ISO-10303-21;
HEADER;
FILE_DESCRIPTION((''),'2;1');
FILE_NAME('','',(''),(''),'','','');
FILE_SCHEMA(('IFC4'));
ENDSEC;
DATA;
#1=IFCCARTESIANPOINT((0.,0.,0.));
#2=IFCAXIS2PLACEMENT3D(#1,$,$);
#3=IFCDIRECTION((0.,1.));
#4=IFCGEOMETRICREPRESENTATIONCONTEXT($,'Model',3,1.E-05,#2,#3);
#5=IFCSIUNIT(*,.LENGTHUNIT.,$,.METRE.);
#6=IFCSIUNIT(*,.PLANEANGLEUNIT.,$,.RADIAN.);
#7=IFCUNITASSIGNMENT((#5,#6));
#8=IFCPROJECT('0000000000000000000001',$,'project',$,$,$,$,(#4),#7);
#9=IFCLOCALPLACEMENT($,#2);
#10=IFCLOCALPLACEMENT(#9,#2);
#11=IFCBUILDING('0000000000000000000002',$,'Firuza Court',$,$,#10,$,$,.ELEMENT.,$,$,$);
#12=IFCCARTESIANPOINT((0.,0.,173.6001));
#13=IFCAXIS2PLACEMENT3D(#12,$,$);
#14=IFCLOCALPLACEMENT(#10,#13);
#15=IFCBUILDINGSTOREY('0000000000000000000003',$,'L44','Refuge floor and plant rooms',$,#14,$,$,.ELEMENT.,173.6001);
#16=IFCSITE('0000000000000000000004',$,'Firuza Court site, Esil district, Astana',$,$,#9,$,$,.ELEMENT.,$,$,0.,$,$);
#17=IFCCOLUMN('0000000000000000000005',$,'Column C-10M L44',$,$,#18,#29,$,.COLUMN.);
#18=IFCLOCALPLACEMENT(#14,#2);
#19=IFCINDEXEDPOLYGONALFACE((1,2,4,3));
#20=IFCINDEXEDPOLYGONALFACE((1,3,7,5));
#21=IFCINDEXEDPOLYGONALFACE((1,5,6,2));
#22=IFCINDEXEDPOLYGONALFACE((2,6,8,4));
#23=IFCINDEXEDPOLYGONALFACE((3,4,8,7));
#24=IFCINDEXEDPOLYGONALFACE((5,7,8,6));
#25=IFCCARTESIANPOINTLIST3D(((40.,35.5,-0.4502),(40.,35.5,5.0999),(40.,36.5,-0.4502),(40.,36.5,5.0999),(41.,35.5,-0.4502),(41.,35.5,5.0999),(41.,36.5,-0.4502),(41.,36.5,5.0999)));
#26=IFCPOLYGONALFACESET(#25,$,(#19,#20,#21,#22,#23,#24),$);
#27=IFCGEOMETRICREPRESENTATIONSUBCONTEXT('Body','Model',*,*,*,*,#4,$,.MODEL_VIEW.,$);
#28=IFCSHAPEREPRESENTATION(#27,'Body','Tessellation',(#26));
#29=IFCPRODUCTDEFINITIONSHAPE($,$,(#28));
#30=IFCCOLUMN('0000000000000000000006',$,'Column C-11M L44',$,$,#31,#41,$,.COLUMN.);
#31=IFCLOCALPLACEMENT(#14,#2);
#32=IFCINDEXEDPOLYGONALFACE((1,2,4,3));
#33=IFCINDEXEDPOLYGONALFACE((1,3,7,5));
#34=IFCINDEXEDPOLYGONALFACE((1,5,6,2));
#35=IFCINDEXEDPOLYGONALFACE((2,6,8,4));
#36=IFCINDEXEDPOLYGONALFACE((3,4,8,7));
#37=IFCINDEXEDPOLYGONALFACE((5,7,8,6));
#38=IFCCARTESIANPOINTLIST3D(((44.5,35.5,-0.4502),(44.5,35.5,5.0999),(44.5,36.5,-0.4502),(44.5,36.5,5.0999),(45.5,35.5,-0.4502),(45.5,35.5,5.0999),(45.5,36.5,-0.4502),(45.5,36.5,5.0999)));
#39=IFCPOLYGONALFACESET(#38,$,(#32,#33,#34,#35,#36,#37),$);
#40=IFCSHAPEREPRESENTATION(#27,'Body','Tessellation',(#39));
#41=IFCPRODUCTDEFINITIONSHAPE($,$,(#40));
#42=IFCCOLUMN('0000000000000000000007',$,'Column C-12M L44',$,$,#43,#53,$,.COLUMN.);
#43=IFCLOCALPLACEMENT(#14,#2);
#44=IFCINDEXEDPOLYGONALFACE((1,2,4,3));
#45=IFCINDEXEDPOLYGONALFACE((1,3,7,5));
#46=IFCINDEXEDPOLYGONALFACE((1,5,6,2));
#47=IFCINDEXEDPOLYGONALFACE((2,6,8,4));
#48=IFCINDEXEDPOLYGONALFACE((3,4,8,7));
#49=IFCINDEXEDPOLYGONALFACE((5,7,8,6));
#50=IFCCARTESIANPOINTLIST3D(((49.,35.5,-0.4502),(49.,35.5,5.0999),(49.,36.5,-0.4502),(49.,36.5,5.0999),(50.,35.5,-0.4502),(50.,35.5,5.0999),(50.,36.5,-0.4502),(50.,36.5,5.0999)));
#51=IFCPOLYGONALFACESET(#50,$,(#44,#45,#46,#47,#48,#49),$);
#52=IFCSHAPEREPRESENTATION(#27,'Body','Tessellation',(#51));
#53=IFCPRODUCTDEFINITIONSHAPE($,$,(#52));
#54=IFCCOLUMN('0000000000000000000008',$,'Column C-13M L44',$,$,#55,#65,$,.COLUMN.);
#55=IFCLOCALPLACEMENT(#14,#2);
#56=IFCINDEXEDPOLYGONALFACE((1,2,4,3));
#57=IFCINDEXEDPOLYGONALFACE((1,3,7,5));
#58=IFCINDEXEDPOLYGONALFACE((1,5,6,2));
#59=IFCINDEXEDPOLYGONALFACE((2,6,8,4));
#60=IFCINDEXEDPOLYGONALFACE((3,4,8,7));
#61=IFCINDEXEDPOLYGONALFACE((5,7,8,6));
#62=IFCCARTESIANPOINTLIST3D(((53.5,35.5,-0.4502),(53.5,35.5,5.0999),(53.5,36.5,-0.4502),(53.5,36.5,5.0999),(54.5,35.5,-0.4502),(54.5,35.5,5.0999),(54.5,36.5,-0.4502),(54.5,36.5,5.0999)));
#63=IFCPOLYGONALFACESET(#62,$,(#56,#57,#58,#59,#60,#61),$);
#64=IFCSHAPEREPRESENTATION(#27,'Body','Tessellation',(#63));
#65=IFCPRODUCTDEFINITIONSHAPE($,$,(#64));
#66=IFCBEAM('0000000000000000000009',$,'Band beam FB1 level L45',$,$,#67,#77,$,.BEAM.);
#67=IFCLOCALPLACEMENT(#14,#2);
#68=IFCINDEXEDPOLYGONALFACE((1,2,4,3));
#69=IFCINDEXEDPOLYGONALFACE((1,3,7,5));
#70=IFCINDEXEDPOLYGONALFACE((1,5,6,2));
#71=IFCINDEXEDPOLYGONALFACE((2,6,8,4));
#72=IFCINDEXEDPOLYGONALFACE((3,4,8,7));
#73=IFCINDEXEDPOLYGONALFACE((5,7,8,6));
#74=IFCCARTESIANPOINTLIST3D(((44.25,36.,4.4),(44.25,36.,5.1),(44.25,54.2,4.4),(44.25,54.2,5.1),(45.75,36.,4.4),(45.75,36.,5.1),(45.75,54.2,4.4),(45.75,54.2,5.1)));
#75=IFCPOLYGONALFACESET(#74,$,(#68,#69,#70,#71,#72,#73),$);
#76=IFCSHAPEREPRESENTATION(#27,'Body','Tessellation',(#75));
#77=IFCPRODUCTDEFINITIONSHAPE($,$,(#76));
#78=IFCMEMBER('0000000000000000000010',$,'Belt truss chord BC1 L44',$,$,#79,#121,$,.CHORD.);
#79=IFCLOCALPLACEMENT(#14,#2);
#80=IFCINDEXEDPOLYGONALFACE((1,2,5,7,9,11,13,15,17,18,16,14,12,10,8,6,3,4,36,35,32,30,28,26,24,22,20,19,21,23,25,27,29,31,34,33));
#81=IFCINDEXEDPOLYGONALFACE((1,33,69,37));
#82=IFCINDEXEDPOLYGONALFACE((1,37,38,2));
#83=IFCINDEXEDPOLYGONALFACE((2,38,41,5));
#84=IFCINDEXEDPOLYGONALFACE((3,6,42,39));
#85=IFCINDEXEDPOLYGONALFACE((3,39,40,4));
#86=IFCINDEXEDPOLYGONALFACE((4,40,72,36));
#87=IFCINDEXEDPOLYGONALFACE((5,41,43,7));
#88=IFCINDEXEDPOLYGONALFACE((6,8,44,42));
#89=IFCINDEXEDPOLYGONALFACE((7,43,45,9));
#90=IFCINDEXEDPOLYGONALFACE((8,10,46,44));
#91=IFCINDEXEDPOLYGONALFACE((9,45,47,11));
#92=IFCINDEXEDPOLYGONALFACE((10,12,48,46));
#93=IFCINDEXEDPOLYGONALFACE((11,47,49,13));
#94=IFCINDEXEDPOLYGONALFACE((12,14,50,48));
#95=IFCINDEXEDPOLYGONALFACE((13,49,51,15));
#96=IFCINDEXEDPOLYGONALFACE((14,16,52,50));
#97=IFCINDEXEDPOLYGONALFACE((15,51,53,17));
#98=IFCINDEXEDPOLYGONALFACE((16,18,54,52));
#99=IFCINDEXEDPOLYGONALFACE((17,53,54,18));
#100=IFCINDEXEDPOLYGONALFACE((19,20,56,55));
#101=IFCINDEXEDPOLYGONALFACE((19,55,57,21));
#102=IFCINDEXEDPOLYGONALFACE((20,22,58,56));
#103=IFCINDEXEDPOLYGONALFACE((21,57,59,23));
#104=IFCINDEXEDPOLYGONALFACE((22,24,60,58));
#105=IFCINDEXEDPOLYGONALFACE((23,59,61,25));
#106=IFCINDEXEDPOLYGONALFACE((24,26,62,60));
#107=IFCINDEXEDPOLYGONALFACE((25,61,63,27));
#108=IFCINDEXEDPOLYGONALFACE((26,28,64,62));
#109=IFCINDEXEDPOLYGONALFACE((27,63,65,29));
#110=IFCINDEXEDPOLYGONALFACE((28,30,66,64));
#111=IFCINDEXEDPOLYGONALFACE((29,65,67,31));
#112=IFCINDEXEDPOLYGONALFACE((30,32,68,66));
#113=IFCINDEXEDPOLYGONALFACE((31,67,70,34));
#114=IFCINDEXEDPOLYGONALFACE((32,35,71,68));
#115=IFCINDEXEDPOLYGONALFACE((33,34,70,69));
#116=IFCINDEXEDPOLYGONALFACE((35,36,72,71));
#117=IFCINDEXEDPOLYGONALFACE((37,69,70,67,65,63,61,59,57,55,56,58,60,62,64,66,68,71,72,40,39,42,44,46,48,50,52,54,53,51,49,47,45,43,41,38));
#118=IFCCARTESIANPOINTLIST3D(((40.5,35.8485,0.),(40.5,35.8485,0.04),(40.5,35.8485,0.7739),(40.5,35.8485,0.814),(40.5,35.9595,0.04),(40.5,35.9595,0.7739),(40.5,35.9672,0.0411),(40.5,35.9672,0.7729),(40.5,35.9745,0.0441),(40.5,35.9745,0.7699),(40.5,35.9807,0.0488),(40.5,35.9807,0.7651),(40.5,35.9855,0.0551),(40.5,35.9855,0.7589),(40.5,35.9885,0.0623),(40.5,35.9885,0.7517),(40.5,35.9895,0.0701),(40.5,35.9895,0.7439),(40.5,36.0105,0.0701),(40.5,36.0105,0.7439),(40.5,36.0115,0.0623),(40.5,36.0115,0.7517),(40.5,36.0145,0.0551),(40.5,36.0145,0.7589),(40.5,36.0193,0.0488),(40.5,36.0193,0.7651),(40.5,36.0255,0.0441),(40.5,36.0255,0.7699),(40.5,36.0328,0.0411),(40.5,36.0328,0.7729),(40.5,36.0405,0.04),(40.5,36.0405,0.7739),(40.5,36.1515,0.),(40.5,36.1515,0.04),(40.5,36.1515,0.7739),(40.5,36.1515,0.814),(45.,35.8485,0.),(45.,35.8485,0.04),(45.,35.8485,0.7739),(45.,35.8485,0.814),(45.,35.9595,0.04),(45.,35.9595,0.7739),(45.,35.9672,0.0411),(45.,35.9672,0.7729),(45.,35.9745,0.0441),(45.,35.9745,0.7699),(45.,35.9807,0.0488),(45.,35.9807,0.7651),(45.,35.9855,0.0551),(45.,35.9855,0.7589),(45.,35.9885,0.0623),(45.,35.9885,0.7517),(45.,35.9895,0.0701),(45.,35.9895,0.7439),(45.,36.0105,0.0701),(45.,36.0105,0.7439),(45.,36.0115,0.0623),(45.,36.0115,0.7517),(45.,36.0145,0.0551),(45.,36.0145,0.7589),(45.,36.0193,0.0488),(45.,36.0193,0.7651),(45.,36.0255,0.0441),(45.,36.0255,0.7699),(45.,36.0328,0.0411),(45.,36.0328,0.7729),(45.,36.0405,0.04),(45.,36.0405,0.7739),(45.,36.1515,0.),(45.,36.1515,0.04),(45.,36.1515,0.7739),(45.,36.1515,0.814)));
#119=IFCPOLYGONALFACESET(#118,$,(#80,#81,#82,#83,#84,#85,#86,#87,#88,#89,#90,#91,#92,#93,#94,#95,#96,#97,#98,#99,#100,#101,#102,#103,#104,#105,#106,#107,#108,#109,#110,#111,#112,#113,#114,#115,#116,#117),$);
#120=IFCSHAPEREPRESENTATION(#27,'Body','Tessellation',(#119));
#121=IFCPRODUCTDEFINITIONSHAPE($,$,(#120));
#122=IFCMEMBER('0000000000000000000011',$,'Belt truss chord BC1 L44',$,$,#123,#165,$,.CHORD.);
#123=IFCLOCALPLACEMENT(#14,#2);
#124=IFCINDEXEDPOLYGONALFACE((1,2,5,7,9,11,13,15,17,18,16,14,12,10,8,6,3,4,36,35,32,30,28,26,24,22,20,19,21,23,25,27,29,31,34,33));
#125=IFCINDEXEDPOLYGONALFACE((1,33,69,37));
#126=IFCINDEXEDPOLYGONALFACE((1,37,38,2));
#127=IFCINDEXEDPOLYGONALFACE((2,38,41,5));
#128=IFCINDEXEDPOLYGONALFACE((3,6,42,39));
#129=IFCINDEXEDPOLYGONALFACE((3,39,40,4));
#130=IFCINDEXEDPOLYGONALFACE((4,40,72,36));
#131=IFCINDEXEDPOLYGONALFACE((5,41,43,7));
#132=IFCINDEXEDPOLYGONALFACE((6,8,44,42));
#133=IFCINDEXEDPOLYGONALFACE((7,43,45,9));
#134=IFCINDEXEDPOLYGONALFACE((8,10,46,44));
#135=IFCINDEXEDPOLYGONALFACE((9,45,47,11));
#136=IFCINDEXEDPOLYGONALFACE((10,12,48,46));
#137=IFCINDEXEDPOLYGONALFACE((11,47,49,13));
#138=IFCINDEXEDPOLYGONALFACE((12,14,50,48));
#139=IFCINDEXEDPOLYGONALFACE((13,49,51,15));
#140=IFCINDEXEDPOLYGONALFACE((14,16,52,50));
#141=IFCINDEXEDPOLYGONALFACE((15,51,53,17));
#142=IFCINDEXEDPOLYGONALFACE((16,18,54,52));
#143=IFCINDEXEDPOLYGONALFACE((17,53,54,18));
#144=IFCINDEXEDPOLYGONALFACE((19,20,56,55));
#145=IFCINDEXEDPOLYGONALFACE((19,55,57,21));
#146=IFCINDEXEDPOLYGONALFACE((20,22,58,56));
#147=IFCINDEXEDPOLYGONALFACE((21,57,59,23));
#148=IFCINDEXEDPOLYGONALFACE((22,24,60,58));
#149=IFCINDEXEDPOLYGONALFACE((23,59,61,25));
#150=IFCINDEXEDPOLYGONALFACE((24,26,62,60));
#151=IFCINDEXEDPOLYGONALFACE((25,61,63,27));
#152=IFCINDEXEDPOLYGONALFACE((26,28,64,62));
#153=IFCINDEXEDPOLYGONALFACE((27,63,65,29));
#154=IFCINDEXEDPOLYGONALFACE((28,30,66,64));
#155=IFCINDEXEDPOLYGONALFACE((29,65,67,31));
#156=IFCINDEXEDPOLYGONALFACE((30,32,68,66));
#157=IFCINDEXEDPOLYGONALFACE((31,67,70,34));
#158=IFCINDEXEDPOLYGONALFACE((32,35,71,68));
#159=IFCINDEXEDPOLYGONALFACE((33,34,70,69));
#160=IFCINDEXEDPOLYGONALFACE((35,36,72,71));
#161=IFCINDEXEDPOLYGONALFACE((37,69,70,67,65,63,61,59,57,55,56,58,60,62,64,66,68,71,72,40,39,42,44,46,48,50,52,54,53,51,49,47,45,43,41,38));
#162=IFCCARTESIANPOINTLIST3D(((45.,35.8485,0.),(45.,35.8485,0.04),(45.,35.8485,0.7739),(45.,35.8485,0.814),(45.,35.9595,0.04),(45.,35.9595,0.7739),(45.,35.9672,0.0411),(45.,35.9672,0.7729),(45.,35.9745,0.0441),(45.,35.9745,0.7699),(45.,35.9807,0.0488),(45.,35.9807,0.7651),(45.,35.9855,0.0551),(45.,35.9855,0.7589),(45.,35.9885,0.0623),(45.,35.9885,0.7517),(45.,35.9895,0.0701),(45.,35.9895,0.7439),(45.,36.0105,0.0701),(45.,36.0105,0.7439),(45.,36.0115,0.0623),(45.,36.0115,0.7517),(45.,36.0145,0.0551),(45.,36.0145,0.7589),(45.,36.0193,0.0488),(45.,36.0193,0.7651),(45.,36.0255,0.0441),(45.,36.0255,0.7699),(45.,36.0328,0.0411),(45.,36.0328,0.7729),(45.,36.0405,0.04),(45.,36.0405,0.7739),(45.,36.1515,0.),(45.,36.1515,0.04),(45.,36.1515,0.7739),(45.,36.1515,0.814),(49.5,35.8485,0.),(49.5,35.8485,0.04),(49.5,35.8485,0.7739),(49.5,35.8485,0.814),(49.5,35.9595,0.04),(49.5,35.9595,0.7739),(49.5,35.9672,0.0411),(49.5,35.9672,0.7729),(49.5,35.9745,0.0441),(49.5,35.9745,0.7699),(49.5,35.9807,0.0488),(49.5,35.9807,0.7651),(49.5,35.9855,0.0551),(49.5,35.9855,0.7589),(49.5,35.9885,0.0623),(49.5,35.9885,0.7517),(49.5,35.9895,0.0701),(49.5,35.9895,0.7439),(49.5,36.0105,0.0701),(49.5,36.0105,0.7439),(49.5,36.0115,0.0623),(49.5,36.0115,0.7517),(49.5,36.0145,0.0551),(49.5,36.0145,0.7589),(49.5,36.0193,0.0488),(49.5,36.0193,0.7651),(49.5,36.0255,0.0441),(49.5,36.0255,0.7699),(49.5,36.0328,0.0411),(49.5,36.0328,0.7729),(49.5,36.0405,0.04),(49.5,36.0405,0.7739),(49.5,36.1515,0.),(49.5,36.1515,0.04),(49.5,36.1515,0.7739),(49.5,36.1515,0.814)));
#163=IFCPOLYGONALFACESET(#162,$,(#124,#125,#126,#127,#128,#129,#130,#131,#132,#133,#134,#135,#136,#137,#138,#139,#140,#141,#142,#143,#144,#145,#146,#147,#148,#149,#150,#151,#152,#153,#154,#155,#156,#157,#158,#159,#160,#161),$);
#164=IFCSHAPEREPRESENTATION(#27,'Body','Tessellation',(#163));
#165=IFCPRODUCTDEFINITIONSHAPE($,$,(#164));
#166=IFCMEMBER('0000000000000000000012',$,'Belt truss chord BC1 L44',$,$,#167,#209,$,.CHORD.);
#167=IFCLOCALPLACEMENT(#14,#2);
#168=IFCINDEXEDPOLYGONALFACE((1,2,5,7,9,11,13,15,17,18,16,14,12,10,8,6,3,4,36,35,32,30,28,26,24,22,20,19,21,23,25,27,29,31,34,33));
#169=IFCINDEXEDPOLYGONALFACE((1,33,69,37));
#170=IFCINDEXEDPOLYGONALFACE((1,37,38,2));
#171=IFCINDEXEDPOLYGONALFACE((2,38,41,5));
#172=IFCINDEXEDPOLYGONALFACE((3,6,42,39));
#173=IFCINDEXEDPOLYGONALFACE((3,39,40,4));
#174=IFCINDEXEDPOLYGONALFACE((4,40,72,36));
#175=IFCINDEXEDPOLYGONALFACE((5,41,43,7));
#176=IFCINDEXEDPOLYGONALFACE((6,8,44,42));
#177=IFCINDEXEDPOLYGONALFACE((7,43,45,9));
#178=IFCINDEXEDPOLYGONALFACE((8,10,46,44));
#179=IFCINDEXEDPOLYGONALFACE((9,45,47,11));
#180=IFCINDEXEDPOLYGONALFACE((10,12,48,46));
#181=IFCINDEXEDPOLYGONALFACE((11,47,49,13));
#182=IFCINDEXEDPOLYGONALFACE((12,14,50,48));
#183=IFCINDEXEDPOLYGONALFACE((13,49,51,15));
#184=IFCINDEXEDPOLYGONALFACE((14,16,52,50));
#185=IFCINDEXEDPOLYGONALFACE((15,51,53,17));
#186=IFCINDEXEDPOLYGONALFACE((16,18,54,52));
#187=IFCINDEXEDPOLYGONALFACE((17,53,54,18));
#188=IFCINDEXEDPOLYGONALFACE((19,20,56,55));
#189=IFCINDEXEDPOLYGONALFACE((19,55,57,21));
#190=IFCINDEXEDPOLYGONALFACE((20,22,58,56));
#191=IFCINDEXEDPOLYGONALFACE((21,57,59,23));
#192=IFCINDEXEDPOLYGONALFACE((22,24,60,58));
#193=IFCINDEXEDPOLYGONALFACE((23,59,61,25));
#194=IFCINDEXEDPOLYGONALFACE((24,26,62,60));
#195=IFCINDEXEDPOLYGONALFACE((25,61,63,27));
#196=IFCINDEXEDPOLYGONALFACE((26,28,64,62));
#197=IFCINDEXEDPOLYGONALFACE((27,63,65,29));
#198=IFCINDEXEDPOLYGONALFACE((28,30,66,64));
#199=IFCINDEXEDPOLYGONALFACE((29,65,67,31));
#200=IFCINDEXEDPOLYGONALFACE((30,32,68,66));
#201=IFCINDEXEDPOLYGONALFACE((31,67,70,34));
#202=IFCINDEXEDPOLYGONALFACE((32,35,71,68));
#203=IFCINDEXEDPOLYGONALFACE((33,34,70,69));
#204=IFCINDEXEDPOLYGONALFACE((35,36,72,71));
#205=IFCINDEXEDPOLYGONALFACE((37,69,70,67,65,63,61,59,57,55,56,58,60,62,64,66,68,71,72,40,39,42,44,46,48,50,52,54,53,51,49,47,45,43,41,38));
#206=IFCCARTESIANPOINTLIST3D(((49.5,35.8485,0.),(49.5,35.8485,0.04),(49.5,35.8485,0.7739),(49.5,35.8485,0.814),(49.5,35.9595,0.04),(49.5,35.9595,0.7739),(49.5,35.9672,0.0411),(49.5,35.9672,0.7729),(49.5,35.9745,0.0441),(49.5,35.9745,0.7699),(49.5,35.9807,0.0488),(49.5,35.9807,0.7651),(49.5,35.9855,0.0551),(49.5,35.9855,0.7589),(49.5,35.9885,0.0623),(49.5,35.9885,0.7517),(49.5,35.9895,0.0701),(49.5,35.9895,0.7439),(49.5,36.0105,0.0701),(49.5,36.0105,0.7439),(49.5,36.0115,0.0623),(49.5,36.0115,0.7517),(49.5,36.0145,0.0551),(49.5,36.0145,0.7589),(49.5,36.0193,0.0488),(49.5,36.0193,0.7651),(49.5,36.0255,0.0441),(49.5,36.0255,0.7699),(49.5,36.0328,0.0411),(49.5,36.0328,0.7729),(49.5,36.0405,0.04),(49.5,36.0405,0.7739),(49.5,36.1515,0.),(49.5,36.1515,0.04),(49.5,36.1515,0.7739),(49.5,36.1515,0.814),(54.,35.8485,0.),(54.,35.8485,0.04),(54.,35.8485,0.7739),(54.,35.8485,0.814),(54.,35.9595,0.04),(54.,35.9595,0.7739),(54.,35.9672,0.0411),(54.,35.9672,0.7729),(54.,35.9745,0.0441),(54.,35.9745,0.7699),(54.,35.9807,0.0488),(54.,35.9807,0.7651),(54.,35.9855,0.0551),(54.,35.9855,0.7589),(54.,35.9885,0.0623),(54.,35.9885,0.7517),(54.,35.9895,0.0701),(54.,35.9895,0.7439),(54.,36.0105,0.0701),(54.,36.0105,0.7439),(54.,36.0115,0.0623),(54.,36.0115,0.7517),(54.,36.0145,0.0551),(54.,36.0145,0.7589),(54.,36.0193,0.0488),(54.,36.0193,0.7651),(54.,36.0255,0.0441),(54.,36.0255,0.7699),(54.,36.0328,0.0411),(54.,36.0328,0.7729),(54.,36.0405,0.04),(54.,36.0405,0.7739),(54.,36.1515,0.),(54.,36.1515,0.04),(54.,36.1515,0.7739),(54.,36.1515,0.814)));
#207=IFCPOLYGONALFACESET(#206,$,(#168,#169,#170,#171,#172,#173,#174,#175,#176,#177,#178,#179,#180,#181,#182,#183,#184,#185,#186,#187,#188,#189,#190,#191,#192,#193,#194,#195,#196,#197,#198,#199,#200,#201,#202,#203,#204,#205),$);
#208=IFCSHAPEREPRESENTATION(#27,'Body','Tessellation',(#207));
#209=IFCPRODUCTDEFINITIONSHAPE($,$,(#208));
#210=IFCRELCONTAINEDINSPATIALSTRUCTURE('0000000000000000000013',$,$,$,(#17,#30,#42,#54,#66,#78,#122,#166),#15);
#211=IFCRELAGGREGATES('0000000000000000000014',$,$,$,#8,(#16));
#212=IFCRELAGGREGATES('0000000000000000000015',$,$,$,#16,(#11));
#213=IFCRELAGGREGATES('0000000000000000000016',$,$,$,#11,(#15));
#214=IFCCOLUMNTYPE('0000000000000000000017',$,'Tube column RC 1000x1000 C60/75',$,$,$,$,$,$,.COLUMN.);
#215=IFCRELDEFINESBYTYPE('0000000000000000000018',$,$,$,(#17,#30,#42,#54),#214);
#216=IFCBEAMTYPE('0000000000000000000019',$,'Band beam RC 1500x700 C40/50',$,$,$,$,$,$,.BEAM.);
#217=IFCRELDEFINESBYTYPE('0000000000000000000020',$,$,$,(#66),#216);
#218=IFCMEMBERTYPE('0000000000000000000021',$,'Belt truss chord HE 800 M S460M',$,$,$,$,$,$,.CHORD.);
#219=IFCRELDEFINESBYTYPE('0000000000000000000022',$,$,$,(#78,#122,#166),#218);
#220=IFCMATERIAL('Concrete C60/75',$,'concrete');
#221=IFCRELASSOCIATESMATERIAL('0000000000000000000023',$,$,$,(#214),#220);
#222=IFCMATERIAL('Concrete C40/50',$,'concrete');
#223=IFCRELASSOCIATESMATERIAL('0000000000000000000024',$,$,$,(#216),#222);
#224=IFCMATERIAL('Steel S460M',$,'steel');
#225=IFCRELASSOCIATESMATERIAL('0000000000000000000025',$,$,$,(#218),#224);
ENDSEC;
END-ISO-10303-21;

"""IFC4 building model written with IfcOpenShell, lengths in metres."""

from ifc_helpers import new_model, si_unit, direction, frame, origin, origin_2d, place, context, subcontext, project, spatial, rectangle, i_section, extrude, material, material_profile, profile_set, type_object, element, save


model = new_model("IFC4")

# Units and contexts
model_context = context("Model", 3, precision=1e-05, world=origin(), true_north=direction((0.0, 1.0)))
body_context = subcontext(model_context, "Body", "Model", "MODEL_VIEW")
ifc_project = project(units=[si_unit("LENGTHUNIT", "METRE"), si_unit("PLANEANGLEUNIT", "RADIAN")], contexts=[model_context])

# Site, building, storey
site_placement = place(None, origin())
site = spatial("IfcSite", under=ifc_project, at=site_placement, Name="Firuza Court site, Esil district, Astana", CompositionType="ELEMENT", RefElevation=0.0)
building_placement = place(site_placement, origin())
building = spatial("IfcBuilding", under=site, at=building_placement, Name="Firuza Court", CompositionType="ELEMENT")
storey_placement = place(building_placement, frame((0.0, 0.0, 173.6001)))
storey = spatial("IfcBuildingStorey", under=building, at=storey_placement, Name="L44", Description="Refuge floor and plant rooms", CompositionType="ELEMENT", Elevation=173.6001)

# Columns
ifc_material_1 = material(Name="Concrete C60/75", Category="concrete")
ifc_material_profile_1 = material_profile(ifc_material_1, rectangle(XDim=1.0, YDim=1.0, at=origin_2d()), Name="RC 1000x1000")
ifc_profile_set_1 = profile_set([ifc_material_profile_1], Name="Concrete C60/75")
column_type = type_object("IfcColumnType", Name="Tube column RC 1000x1000 C60/75", PredefinedType="COLUMN", material=ifc_profile_set_1)
for number, where, z_axis, x_axis, name in (
    (1, (40.5, 36.0, -0.4502), (0.0, 0.0, 1.0), (1.0, 0.0, 0.0), "Column C-10M L44"),
    (2, (45.0, 36.0, -0.4502), (0.0, 0.0, 1.0), (1.0, 0.0, 0.0), "Column C-11M L44"),
    (3, (49.5, 36.0, -0.4502), (0.0, 0.0, 1.0), (1.0, 0.0, 0.0), "Column C-12M L44"),
    (4, (54.0, 36.0, -0.4502), (0.0, 0.0, 1.0), (1.0, 0.0, 0.0), "Column C-13M L44"),
):
    element("IfcColumn", number, at=place(storey_placement, frame(where, z_axis=z_axis, x_axis=x_axis)), inside=storey, type_object=column_type, Name=name, PredefinedType="COLUMN", context=body_context, shape_type="SweptSolid", body=[
        extrude(rectangle(XDim=1.0, YDim=1.0, at=origin_2d()), origin(), (0.0, 0.0, 1.0), 5.55),
    ])

# Beam
ifc_material_2 = material(Name="Concrete C40/50", Category="concrete")
ifc_material_profile_2 = material_profile(ifc_material_2, rectangle(XDim=1.5, YDim=0.7, at=origin_2d()), Name="RC 1500x700")
ifc_profile_set_2 = profile_set([ifc_material_profile_2], Name="Concrete C40/50")
beam_type_1 = type_object("IfcBeamType", Name="Band beam RC 1500x700 C40/50", PredefinedType="BEAM", material=ifc_profile_set_2)
beam_placement = place(storey_placement, frame((45.0, 36.0, 4.75), z_axis=(0.0, 1.0, 0.0), x_axis=(-1.0, 0.0, 0.0)))
element("IfcBeam", 5, at=beam_placement, inside=storey, type_object=beam_type_1, Name="Band beam FB1 level L45", PredefinedType="BEAM", context=body_context, shape_type="SweptSolid", body=[
    extrude(rectangle(XDim=1.5, YDim=0.7, at=origin_2d()), origin(), (0.0, 0.0, 1.0), 18.2),
])

# Members
ifc_material_3 = material(Name="Steel S460M", Category="steel")
ifc_material_profile_3 = material_profile(ifc_material_3, i_section(OverallWidth=0.303, OverallDepth=0.814, WebThickness=0.021, FlangeThickness=0.04, FilletRadius=0.03, at=origin_2d()), Name="HE 800 M")
ifc_profile_set_3 = profile_set([ifc_material_profile_3], Name="Steel S460M")
member_type_1 = type_object("IfcMemberType", Name="Belt truss chord HE 800 M S460M", PredefinedType="CHORD", material=ifc_profile_set_3)
for number, where, z_axis, x_axis, name in (
    (6, (40.5, 36.0, 0.407), (1.0, 0.0, 0.0), (0.0, 1.0, 0.0), "Belt truss chord BC1 L44"),
    (7, (45.0, 36.0, 0.407), (1.0, 0.0, 0.0), (0.0, 1.0, 0.0), "Belt truss chord BC1 L44"),
    (8, (49.5, 36.0, 0.407), (1.0, 0.0, 0.0), (0.0, 1.0, 0.0), "Belt truss chord BC1 L44"),
):
    element("IfcMember", number, at=place(storey_placement, frame(where, z_axis=z_axis, x_axis=x_axis)), inside=storey, type_object=member_type_1, Name=name, PredefinedType="CHORD", context=body_context, shape_type="SweptSolid", body=[
        extrude(i_section(OverallWidth=0.303, OverallDepth=0.814, WebThickness=0.021, FlangeThickness=0.04, FilletRadius=0.03, at=origin_2d()), origin(), (0.0, 0.0, 1.0), 4.5),
    ])

save(model, "model.ifc")
